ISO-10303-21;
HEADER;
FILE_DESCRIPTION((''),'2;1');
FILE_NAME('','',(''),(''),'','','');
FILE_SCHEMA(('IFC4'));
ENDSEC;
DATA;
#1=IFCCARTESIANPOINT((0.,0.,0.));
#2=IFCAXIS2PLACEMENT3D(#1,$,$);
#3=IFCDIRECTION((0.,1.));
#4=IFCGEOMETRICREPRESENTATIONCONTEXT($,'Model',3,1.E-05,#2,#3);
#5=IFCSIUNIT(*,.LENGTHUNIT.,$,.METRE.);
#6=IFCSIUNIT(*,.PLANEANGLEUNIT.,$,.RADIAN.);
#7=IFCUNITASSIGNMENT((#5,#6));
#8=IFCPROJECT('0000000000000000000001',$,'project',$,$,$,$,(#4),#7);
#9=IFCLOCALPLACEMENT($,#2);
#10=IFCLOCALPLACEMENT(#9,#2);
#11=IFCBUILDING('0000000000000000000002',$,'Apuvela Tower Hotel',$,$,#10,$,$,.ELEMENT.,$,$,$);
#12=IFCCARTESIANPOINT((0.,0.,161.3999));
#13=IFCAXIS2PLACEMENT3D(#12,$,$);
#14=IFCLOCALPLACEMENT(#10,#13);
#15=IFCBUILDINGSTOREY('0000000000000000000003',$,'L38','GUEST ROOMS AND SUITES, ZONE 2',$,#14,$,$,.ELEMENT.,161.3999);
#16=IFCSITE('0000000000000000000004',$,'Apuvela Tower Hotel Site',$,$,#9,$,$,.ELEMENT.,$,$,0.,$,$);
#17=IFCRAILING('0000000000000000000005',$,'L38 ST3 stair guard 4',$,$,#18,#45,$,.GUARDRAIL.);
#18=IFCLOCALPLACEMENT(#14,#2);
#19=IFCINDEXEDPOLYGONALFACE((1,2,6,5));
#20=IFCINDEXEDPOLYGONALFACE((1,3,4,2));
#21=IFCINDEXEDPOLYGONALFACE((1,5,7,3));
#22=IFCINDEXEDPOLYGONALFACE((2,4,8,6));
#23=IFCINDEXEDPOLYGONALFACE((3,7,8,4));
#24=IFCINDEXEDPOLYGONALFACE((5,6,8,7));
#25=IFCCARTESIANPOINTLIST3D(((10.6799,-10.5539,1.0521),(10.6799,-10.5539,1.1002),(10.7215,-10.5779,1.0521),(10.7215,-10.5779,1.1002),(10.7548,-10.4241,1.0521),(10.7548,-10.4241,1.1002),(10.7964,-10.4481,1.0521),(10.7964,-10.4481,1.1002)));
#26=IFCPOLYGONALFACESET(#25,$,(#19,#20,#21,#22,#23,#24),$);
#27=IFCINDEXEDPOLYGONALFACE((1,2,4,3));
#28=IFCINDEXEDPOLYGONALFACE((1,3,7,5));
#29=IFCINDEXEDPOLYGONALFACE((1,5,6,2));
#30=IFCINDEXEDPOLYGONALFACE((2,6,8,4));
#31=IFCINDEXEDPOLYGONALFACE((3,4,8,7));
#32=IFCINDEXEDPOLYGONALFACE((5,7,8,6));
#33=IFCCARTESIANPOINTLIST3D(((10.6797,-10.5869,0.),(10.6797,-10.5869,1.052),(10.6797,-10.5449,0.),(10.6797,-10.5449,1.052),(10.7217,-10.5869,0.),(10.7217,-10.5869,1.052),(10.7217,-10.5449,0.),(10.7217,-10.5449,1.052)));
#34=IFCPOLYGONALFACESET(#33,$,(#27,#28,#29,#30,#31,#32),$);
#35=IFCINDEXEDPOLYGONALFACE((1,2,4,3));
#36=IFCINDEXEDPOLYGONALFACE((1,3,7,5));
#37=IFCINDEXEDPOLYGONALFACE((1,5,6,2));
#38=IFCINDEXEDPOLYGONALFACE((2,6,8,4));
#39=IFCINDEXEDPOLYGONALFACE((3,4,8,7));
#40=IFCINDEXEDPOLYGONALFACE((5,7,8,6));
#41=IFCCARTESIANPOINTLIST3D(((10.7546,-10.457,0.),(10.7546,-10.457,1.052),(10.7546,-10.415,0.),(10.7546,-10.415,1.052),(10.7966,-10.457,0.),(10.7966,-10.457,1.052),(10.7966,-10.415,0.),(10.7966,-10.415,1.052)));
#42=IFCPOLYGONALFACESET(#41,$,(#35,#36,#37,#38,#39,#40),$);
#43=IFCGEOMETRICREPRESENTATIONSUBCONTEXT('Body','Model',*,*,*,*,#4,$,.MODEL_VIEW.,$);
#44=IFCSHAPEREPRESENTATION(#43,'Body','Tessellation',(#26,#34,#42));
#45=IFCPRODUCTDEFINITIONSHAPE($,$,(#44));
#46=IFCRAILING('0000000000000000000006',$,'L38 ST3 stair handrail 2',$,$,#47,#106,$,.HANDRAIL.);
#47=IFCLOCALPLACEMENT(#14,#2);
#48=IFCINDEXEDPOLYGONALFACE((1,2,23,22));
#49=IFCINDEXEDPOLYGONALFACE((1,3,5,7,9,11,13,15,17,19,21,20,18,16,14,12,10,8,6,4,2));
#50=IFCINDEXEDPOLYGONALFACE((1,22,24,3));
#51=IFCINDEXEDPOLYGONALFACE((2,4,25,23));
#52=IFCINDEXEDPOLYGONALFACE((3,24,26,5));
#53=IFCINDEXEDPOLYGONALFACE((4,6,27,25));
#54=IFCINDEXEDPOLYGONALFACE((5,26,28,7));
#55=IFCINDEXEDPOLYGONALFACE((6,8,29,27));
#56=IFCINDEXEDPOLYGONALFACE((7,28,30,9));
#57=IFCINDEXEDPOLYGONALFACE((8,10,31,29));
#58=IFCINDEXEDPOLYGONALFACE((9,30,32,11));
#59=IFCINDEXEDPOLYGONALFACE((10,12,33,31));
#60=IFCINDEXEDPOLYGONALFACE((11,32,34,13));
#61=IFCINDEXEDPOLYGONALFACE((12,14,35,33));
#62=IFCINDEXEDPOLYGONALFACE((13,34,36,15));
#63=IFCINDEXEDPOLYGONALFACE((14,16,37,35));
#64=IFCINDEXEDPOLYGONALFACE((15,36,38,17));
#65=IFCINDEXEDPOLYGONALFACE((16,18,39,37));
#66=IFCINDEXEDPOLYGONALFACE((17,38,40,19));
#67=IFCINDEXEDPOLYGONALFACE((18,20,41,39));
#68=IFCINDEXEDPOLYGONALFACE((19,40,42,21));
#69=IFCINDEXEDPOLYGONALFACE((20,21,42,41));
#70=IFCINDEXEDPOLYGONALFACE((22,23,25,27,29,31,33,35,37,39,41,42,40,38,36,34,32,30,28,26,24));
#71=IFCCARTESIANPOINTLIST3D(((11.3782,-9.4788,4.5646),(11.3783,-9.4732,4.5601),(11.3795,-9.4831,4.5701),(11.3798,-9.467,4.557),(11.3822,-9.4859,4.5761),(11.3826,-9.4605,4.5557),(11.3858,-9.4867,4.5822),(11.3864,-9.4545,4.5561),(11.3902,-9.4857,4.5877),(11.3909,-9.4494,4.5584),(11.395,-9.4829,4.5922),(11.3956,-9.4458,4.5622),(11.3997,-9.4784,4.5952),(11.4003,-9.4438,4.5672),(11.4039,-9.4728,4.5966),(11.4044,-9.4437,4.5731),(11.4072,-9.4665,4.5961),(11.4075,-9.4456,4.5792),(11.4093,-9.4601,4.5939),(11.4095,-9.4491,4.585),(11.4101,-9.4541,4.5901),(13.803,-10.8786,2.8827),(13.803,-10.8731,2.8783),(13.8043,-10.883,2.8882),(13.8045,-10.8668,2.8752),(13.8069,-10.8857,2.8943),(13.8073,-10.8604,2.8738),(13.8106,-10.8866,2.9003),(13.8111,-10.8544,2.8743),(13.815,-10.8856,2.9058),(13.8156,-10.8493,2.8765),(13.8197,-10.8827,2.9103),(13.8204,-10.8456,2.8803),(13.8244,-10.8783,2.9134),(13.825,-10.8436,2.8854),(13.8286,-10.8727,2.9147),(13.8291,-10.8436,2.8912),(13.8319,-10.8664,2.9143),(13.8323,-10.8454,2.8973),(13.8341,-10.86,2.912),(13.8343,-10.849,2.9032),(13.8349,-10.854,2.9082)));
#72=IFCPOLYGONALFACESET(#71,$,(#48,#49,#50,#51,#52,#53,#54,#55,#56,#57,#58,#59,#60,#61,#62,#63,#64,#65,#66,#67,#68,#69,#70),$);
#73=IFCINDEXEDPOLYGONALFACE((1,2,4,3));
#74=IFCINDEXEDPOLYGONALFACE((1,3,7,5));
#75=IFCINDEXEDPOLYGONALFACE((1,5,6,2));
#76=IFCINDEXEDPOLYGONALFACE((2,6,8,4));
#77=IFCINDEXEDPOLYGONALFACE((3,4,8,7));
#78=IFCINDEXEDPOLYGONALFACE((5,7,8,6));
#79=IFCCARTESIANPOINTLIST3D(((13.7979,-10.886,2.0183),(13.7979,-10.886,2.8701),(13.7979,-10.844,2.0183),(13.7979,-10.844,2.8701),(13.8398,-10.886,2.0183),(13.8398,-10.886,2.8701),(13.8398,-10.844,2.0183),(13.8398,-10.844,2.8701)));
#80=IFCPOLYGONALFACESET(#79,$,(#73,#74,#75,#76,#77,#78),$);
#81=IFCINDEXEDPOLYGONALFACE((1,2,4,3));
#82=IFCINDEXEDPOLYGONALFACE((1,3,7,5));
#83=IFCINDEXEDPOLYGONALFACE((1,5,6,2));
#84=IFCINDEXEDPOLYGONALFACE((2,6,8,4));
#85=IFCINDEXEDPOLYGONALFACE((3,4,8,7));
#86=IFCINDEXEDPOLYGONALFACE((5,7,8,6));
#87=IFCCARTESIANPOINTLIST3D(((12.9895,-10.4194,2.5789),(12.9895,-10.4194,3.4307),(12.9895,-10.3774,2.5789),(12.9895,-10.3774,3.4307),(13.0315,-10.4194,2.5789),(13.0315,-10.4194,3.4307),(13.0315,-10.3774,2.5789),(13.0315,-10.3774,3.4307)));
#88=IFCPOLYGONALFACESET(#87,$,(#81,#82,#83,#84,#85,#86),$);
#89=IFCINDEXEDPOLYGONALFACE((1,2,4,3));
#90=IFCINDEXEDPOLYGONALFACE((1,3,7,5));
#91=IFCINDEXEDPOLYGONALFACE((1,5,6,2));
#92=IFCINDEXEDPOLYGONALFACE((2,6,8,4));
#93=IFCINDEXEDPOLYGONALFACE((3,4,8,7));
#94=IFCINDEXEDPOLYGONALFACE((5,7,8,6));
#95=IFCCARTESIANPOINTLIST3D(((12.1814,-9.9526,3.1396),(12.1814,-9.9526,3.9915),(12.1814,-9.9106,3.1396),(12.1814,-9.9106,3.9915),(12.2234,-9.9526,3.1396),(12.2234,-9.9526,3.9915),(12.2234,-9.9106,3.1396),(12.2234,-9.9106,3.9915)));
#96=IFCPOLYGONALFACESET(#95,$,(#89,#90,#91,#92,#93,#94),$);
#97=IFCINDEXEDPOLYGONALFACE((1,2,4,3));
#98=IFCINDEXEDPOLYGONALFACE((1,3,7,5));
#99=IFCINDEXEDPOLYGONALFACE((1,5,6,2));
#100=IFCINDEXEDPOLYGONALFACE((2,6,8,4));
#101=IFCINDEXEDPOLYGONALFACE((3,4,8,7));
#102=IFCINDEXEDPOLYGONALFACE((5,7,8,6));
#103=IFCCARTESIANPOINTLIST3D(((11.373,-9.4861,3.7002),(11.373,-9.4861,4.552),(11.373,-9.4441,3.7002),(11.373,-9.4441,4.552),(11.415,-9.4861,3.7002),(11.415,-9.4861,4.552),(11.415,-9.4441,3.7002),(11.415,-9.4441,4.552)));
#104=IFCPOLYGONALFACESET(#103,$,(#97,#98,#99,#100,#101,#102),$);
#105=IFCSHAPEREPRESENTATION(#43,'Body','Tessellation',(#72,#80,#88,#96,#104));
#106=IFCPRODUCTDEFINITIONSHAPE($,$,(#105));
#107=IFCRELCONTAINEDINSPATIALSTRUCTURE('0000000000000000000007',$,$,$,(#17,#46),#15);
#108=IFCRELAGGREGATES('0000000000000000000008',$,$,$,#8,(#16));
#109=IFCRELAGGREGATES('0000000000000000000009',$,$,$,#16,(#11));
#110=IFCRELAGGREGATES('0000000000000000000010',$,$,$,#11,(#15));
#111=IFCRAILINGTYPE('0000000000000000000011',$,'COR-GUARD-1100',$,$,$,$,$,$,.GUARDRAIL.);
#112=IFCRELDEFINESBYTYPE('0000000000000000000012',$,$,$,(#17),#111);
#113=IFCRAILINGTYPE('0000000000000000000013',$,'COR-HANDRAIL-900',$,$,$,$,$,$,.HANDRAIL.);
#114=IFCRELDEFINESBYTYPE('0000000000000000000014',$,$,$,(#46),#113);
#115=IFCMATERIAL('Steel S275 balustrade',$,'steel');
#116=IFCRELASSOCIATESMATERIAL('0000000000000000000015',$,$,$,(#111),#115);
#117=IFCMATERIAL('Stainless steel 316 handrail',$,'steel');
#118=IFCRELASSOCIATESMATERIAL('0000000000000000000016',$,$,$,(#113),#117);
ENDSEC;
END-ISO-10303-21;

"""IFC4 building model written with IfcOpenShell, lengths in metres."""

from ifc_helpers import new_model, si_unit, direction, frame, origin, origin_2d, place, context, subcontext, project, spatial, rectangle, circle, extrude, material, type_object, element, save


model = new_model("IFC4")

# Units and contexts
model_context = context("Model", 3, precision=1e-05, world=origin(), true_north=direction((0.0, 1.0)))
body_context = subcontext(model_context, "Body", "Model", "MODEL_VIEW")
ifc_project = project(units=[si_unit("LENGTHUNIT", "METRE"), si_unit("PLANEANGLEUNIT", "RADIAN")], contexts=[model_context])

# Site, building, storey
site_placement = place(None, origin())
site = spatial("IfcSite", under=ifc_project, at=site_placement, Name="Apuvela Tower Hotel Site", CompositionType="ELEMENT", RefElevation=0.0)
building_placement = place(site_placement, origin())
building = spatial("IfcBuilding", under=site, at=building_placement, Name="Apuvela Tower Hotel", CompositionType="ELEMENT")
storey_placement = place(building_placement, frame((0.0, 0.0, 161.3999)))
storey = spatial("IfcBuildingStorey", under=building, at=storey_placement, Name="L38", Description="GUEST ROOMS AND SUITES, ZONE 2", CompositionType="ELEMENT", Elevation=161.3999)

# Railings
ifc_material_1 = material(Name="Steel S275 balustrade", Category="steel")
railing_type_1 = type_object("IfcRailingType", Name="COR-GUARD-1100", PredefinedType="GUARDRAIL", material=ifc_material_1)
railing_1_placement = place(storey_placement, frame((10.7007, -10.5659, 0.0)))
element("IfcRailing", 1, at=railing_1_placement, inside=storey, type_object=railing_type_1, Name="L38 ST3 stair guard 4", PredefinedType="GUARDRAIL", context=body_context, shape_type="SweptSolid", body=[
    extrude(rectangle(XDim=0.0481, YDim=0.0481, at=origin_2d()), frame((0.0, 0.0, 1.0762), z_axis=(0.499816, 0.866131, 0.0), x_axis=(-0.866131, 0.499816, 0.0)), (0.0, 0.0, 1.0), 0.1499),
    extrude(rectangle(XDim=0.042, YDim=0.042, at=origin_2d()), origin(), (0.0, 0.0, 1.0), 1.052),
    extrude(rectangle(XDim=0.042, YDim=0.042, at=origin_2d()), frame((0.075, 0.1299, 0.0)), (0.0, 0.0, 1.0), 1.052),
])
ifc_material_2 = material(Name="Stainless steel 316 handrail", Category="steel")
railing_type_2 = type_object("IfcRailingType", Name="COR-HANDRAIL-900", PredefinedType="HANDRAIL", material=ifc_material_2)
railing_2_placement = place(storey_placement, frame((13.8188, -10.865, 2.0183)))
element("IfcRailing", 2, at=railing_2_placement, inside=storey, type_object=railing_type_2, Name="L38 ST3 stair handrail 2", PredefinedType="HANDRAIL", context=body_context, shape_type="SweptSolid", body=[
    extrude(circle(Radius=0.0239, at=origin_2d()), frame((0.0, 0.0, 0.876), z_axis=(-0.74239, 0.428601, 0.514934), x_axis=(-0.499984, -0.866035, 0.0)), (0.0, 0.0, 1.0), 3.2661),
    extrude(rectangle(XDim=0.042, YDim=0.042, at=origin_2d()), origin(), (0.0, 0.0, 1.0), 0.8518),
    extrude(rectangle(XDim=0.042, YDim=0.042, at=origin_2d()), frame((-0.8083, 0.4666, 0.5605)), (0.0, 0.0, 1.0), 0.8518),
    extrude(rectangle(XDim=0.042, YDim=0.042, at=origin_2d()), frame((-1.6165, 0.9333, 1.1213)), (0.0, 0.0, 1.0), 0.8518),
    extrude(rectangle(XDim=0.042, YDim=0.042, at=origin_2d()), frame((-2.4248, 1.3999, 1.6819)), (0.0, 0.0, 1.0), 0.8518),
])

save(model, "model.ifc")
